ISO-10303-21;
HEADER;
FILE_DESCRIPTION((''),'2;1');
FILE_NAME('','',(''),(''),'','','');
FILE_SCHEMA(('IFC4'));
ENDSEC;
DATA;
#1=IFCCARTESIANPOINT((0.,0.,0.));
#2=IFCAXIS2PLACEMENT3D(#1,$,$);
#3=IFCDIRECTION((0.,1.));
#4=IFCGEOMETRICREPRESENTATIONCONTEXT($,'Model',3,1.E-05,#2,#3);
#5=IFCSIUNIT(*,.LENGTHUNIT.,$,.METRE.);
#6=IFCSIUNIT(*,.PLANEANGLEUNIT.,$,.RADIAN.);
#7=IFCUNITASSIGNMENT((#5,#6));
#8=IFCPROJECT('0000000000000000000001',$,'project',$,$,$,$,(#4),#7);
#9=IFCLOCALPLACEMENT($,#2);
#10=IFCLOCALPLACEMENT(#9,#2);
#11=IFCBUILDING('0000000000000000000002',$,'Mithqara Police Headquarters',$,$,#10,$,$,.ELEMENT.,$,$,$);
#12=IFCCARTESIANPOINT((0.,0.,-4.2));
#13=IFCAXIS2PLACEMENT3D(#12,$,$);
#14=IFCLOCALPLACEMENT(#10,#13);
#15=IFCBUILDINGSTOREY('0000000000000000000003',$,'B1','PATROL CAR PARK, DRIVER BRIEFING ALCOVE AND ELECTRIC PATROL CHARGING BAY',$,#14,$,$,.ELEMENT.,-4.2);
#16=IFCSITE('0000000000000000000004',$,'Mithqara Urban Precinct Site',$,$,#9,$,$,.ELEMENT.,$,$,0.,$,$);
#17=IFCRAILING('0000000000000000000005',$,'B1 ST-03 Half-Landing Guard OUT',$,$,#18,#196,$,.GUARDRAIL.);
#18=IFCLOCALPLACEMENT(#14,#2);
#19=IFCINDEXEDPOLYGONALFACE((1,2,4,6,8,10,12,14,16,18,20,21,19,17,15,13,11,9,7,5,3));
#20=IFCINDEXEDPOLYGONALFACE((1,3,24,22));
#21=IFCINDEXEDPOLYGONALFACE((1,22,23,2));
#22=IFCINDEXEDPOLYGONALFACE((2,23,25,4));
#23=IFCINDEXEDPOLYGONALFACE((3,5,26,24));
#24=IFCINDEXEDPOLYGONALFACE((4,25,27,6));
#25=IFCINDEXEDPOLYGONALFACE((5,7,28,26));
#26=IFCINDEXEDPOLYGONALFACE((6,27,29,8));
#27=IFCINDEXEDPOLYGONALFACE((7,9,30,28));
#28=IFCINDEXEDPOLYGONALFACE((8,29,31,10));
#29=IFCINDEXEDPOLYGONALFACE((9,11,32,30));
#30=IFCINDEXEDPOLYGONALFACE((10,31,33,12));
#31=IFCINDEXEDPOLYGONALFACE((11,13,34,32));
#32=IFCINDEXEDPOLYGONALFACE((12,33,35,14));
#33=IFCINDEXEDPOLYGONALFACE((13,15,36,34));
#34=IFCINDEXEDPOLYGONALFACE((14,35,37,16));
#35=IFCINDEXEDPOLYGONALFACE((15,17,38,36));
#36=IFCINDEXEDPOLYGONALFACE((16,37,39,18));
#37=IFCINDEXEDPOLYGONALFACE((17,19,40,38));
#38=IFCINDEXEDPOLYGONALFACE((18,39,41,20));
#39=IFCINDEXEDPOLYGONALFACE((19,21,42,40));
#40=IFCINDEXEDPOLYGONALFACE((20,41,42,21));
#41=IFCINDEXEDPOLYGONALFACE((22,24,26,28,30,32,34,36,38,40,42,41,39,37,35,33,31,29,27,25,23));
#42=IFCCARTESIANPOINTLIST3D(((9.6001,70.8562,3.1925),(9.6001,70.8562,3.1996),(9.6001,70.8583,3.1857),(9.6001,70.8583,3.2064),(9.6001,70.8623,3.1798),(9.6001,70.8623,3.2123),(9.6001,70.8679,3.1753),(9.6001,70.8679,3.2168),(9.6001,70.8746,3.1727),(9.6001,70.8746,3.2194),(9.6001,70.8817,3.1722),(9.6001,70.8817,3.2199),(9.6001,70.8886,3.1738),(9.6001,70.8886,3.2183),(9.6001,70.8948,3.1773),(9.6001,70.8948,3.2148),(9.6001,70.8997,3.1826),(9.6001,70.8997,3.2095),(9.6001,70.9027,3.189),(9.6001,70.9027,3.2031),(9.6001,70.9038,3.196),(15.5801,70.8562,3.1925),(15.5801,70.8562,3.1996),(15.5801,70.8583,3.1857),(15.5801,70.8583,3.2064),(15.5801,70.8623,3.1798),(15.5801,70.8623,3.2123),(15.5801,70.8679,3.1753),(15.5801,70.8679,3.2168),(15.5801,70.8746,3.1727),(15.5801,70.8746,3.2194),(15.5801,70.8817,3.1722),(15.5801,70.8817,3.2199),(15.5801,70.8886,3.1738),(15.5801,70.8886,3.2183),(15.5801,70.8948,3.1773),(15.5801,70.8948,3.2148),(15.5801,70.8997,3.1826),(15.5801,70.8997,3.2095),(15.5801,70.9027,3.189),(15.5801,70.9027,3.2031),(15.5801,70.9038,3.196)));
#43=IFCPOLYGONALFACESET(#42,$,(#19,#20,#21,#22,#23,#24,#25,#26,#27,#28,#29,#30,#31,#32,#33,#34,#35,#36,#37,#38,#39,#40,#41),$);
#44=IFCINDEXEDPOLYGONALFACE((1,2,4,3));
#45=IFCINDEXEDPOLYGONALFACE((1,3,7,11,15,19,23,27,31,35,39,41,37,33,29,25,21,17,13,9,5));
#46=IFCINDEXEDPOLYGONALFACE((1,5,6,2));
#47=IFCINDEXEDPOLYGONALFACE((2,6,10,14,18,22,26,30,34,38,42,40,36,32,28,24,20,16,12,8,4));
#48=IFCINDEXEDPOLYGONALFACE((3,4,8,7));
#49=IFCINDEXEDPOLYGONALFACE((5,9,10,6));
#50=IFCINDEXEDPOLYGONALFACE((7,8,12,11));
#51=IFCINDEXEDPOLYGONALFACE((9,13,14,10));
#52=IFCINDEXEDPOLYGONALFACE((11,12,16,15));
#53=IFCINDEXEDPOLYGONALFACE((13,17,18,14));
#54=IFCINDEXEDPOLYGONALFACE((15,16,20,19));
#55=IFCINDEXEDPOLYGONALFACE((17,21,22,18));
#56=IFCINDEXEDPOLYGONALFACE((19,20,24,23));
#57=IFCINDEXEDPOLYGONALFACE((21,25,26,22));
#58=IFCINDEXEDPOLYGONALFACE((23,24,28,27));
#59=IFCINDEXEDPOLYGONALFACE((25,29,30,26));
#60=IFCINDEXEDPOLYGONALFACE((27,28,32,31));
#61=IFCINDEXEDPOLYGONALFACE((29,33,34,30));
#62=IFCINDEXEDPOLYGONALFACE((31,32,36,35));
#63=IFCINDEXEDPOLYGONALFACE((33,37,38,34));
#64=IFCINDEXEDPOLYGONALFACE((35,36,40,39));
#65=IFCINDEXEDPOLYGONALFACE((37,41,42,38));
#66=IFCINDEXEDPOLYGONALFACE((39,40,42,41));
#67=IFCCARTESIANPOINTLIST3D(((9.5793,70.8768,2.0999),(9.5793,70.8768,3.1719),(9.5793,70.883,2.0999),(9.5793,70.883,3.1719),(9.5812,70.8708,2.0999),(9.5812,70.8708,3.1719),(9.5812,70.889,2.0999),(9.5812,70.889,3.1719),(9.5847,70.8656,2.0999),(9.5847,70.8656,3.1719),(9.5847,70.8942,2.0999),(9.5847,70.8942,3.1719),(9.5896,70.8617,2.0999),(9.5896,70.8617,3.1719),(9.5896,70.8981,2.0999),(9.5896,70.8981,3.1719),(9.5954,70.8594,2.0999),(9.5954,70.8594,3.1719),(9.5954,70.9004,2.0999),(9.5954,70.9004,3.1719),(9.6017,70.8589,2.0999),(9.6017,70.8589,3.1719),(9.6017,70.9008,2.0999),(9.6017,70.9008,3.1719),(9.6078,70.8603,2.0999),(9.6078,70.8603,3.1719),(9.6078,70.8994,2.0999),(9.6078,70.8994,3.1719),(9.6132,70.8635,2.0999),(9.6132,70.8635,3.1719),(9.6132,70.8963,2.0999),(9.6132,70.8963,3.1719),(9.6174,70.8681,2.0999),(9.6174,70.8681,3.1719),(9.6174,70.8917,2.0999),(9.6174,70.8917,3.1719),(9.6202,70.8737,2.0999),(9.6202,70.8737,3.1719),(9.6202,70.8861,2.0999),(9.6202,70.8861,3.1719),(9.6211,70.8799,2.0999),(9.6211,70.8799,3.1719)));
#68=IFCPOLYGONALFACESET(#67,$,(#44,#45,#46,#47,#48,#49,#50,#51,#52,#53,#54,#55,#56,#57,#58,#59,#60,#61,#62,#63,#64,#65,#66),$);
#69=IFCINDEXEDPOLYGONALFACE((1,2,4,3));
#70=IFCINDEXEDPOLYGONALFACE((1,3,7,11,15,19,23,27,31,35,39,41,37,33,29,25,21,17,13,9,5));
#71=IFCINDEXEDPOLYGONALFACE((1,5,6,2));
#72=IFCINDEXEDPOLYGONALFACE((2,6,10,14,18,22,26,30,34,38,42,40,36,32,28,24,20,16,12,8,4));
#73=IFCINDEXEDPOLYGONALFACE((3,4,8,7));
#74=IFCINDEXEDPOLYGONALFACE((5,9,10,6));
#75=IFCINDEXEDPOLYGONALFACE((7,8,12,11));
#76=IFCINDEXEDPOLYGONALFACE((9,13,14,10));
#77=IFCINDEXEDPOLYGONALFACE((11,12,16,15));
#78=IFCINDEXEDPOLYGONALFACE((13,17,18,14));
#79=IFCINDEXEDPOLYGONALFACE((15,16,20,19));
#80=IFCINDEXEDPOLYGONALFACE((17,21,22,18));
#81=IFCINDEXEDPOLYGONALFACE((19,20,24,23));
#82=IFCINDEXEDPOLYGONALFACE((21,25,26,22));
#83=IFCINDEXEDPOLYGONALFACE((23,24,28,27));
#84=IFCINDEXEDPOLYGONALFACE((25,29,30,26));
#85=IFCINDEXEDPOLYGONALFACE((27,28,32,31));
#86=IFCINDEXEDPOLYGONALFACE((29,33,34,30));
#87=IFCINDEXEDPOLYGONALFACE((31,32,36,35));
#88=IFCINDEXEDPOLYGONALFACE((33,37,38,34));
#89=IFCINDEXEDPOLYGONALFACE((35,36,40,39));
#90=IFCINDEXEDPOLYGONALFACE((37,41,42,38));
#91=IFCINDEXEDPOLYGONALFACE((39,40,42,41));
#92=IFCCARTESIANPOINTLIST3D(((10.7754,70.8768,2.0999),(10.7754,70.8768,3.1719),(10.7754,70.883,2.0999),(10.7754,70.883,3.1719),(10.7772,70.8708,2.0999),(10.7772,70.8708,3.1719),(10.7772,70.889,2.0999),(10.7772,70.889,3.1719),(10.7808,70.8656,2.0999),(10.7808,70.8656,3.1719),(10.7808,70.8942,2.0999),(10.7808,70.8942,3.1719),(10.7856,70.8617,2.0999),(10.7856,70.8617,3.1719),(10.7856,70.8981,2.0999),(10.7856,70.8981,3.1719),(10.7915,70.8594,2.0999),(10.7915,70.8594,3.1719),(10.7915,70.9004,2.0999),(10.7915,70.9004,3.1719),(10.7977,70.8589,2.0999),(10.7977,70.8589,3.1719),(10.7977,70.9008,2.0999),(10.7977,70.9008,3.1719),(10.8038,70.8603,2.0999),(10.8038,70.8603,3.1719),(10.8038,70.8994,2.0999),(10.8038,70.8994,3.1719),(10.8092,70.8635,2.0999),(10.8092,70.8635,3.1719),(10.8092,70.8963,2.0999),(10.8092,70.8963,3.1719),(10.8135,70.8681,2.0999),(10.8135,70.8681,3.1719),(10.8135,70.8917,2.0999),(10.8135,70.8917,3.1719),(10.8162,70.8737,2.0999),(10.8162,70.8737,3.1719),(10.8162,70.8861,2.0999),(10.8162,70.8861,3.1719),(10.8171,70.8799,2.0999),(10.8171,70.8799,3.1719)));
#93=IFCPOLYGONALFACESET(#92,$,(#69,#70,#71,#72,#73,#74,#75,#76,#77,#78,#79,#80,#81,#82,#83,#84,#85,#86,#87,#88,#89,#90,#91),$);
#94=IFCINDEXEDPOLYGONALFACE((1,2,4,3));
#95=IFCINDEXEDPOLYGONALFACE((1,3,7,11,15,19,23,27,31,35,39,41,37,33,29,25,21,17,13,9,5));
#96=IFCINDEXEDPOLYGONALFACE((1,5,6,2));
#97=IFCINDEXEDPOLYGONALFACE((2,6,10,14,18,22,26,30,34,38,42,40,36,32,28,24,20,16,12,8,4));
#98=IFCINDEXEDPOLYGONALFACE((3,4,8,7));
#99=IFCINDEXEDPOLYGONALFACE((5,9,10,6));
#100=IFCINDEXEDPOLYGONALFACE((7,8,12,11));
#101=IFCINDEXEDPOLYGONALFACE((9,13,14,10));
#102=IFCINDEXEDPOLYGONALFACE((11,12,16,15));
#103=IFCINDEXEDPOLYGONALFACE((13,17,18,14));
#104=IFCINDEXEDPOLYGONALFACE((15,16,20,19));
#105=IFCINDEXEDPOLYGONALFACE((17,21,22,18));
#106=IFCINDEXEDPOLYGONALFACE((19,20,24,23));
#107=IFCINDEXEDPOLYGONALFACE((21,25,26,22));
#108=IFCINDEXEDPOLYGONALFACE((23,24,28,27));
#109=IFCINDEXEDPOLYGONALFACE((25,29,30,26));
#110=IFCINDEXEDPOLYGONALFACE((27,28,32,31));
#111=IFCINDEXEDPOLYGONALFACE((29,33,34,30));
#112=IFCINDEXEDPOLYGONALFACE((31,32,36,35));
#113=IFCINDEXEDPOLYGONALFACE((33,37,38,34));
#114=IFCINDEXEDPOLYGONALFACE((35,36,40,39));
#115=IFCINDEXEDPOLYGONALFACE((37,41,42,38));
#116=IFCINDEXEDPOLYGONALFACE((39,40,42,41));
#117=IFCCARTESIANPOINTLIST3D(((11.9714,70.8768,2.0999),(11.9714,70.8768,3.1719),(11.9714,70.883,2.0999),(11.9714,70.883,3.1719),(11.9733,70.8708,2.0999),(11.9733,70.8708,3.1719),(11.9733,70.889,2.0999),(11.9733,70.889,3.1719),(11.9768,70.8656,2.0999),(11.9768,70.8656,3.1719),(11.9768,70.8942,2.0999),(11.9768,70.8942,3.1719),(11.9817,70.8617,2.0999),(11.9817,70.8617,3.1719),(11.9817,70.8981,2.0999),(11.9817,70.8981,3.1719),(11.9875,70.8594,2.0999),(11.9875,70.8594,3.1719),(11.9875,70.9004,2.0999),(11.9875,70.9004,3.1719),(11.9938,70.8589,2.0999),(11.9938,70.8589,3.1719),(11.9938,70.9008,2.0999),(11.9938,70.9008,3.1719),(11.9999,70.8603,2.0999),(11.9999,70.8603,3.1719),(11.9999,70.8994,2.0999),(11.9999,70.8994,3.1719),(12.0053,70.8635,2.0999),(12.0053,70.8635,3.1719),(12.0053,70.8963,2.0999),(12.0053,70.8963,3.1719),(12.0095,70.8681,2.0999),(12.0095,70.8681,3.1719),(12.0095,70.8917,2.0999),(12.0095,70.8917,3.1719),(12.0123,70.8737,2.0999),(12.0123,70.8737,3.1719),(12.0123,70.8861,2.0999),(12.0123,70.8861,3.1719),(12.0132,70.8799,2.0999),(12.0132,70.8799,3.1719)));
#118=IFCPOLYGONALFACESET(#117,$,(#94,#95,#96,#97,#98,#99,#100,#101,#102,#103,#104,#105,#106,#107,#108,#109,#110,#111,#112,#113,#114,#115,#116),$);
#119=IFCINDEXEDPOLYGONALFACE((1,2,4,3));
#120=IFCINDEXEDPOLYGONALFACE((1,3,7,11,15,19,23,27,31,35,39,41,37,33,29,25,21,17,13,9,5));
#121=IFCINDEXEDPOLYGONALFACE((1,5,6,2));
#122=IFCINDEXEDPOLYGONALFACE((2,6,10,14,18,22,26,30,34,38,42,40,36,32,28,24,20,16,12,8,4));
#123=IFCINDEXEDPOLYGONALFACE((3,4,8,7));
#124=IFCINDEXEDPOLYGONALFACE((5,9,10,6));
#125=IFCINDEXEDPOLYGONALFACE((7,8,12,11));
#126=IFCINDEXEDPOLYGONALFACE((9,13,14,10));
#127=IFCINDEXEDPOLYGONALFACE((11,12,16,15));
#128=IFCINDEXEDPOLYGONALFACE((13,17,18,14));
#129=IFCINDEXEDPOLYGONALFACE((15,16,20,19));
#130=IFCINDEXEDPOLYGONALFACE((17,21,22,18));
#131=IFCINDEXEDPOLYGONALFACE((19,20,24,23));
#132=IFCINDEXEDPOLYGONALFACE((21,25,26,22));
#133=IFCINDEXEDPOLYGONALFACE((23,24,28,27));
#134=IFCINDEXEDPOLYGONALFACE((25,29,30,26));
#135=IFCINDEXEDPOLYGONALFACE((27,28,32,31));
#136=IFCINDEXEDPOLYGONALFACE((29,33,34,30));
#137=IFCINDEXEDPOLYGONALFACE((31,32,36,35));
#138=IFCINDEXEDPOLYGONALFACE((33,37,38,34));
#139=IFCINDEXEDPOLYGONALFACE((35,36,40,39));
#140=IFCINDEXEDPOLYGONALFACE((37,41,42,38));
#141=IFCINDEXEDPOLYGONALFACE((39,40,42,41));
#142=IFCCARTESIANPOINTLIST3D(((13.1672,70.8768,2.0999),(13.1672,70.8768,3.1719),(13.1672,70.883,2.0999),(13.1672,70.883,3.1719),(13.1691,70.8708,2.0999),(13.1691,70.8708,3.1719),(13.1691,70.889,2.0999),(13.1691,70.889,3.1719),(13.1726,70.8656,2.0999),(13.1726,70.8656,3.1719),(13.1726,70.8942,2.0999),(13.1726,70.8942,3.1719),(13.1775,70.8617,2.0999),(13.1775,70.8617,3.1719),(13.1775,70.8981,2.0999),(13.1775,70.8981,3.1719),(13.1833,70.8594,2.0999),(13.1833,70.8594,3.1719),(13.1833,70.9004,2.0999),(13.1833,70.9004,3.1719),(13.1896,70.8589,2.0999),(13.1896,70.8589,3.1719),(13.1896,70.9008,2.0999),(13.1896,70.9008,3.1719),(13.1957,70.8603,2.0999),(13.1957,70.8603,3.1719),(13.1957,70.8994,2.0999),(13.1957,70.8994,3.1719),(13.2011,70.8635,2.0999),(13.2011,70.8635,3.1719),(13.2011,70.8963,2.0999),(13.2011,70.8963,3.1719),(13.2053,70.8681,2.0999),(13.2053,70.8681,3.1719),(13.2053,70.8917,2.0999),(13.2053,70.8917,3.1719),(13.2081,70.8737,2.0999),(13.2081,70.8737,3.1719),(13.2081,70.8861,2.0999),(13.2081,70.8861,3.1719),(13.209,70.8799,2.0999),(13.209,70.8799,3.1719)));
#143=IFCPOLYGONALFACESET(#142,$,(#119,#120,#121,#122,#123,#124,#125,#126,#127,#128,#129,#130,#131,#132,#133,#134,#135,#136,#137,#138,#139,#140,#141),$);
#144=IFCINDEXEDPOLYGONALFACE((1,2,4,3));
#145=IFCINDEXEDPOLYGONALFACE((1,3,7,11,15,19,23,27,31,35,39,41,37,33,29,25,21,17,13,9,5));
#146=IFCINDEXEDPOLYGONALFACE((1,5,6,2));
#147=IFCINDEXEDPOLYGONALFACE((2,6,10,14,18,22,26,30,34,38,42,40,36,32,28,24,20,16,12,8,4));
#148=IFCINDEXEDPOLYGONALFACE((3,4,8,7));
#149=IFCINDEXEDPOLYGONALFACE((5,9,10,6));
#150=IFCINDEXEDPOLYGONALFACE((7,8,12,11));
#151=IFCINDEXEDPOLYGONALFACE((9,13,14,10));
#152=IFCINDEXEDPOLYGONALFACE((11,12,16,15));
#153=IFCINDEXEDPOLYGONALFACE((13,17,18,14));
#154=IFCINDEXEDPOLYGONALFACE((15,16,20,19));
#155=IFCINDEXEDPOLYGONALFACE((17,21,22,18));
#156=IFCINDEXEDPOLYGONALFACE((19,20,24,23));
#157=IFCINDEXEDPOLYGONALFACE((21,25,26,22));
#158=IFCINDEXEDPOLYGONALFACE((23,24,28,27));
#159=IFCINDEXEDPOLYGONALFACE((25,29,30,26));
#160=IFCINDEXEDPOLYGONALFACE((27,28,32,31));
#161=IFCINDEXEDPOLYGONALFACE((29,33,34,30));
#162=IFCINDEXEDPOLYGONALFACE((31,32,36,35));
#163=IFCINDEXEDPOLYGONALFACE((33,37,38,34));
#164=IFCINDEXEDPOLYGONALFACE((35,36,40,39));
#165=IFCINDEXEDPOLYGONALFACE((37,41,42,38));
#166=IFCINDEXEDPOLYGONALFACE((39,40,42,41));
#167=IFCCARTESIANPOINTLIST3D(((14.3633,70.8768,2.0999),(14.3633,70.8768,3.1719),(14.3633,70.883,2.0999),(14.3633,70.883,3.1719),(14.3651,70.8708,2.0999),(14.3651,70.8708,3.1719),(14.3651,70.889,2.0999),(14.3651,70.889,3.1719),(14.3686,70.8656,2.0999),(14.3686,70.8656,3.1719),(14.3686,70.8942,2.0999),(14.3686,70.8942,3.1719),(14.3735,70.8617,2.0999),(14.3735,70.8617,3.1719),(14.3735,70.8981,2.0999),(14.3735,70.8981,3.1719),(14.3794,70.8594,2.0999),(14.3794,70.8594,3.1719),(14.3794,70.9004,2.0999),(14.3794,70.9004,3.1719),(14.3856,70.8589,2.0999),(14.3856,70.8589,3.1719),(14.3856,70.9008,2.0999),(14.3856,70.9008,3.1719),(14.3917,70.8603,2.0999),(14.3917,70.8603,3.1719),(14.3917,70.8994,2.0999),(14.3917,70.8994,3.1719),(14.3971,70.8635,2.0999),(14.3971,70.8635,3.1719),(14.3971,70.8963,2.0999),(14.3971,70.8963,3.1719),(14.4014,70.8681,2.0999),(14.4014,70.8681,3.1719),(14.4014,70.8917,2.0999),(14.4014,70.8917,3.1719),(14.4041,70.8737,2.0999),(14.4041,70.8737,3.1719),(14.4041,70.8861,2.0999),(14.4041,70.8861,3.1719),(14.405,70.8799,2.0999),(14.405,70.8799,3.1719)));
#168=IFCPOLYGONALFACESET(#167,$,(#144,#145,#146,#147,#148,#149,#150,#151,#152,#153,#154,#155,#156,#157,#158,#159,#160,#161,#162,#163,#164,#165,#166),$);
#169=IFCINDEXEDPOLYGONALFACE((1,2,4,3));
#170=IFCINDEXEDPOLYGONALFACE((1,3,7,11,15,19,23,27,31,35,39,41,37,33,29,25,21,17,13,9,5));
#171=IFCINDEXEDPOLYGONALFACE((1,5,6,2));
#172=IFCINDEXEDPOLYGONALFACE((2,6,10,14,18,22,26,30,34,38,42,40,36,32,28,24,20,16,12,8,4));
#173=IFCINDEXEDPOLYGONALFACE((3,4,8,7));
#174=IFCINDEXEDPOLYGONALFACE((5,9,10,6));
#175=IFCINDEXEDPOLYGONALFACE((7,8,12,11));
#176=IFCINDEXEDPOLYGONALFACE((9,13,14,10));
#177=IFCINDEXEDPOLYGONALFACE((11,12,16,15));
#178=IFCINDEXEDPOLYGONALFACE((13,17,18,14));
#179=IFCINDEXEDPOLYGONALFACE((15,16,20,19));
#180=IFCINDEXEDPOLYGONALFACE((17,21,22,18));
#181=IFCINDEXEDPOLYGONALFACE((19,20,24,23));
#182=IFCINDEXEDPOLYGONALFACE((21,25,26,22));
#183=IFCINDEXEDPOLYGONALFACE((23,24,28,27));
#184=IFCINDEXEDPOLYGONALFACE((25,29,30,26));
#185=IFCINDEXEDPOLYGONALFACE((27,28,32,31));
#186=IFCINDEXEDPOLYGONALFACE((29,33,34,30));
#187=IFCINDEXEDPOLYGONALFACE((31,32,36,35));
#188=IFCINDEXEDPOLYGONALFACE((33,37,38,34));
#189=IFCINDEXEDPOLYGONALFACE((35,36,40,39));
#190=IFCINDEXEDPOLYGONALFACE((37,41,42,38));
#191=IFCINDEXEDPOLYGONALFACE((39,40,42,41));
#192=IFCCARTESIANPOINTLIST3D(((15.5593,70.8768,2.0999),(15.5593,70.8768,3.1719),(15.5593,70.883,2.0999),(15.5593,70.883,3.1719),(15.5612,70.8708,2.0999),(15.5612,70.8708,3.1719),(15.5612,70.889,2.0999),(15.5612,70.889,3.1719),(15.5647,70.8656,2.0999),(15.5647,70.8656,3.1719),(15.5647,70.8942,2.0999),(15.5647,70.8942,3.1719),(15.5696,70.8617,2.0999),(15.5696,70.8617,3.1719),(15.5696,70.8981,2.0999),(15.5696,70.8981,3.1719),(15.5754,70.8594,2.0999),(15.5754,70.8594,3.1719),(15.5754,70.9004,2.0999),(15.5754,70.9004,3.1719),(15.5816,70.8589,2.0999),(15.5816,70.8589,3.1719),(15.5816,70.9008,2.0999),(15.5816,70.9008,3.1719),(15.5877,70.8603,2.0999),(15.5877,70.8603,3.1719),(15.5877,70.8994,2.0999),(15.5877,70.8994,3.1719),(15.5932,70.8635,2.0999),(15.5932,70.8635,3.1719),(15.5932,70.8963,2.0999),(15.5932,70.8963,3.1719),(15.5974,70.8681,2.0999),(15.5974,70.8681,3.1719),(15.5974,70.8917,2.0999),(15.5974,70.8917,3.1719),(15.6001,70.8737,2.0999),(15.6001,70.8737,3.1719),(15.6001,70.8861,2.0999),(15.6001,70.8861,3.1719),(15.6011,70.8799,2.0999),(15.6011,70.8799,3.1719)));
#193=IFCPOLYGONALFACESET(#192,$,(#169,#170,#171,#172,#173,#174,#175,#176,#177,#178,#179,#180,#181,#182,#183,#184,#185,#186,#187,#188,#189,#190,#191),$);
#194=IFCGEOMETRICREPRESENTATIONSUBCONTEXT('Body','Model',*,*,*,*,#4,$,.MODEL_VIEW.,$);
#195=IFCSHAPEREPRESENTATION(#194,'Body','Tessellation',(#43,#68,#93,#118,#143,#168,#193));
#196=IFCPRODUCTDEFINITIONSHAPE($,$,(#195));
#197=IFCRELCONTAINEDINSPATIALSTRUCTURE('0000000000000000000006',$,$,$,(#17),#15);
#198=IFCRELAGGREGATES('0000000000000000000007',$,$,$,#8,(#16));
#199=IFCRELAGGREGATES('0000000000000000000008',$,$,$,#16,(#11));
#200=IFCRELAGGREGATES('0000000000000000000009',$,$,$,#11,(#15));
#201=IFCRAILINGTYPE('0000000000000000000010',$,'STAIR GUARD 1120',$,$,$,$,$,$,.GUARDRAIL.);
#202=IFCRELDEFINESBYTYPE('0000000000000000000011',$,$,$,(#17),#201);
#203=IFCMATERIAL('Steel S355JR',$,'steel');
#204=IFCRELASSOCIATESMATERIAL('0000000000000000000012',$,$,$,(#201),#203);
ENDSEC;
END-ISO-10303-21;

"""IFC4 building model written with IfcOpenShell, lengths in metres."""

from ifc_helpers import new_model, si_unit, direction, frame, origin, origin_2d, place, context, subcontext, project, spatial, circle, extrude, material, type_object, element, save


model = new_model("IFC4")

# Units and contexts
model_context = context("Model", 3, precision=1e-05, world=origin(), true_north=direction((0.0, 1.0)))
body_context = subcontext(model_context, "Body", "Model", "MODEL_VIEW")
ifc_project = project(units=[si_unit("LENGTHUNIT", "METRE"), si_unit("PLANEANGLEUNIT", "RADIAN")], contexts=[model_context])

# Site, building, storey
site_placement = place(None, origin())
site = spatial("IfcSite", under=ifc_project, at=site_placement, Name="Mithqara Urban Precinct Site", CompositionType="ELEMENT", RefElevation=0.0)
building_placement = place(site_placement, origin())
building = spatial("IfcBuilding", under=site, at=building_placement, Name="Mithqara Police Headquarters", CompositionType="ELEMENT")
storey_placement = place(building_placement, frame((0.0, 0.0, -4.2)))
storey = spatial("IfcBuildingStorey", under=building, at=storey_placement, Name="B1", Description="PATROL CAR PARK, DRIVER BRIEFING ALCOVE AND ELECTRIC PATROL CHARGING BAY", CompositionType="ELEMENT", Elevation=-4.2)

# Shared definitions
ifc_material_1 = material(Name="Steel S355JR", Category="steel")

# Railing
railing_type_1 = type_object("IfcRailingType", Name="STAIR GUARD 1120", PredefinedType="GUARDRAIL", material=ifc_material_1)
for number, where, name in (
    (1, (9.6001, 70.8799, 2.0999), "B1 ST-03 Half-Landing Guard OUT"),
):
    element("IfcRailing", number, at=place(storey_placement, frame(where)), inside=storey, type_object=railing_type_1, Name=name, PredefinedType="GUARDRAIL", context=body_context, shape_type="SweptSolid", body=[
        extrude(circle(Radius=0.0239, at=origin_2d()), frame((0.0, 0.0, 1.0962), z_axis=(1.0, 0.0, 0.0), x_axis=(0.0, 1.0, 0.0)), (0.0, 0.0, 1.0), 5.98),
        extrude(circle(Radius=0.021, at=origin_2d()), origin(), (0.0, 0.0, 1.0), 1.072),
        extrude(circle(Radius=0.021, at=origin_2d()), frame((1.196, 0.0, 0.0)), (0.0, 0.0, 1.0), 1.072),
        extrude(circle(Radius=0.021, at=origin_2d()), frame((2.3921, 0.0, 0.0)), (0.0, 0.0, 1.0), 1.072),
        extrude(circle(Radius=0.021, at=origin_2d()), frame((3.5879, 0.0, 0.0)), (0.0, 0.0, 1.0), 1.072),
        extrude(circle(Radius=0.021, at=origin_2d()), frame((4.7839, 0.0, 0.0)), (0.0, 0.0, 1.0), 1.072),
        extrude(circle(Radius=0.021, at=origin_2d()), frame((5.98, 0.0, 0.0)), (0.0, 0.0, 1.0), 1.072),
    ])

save(model, "model.ifc")
